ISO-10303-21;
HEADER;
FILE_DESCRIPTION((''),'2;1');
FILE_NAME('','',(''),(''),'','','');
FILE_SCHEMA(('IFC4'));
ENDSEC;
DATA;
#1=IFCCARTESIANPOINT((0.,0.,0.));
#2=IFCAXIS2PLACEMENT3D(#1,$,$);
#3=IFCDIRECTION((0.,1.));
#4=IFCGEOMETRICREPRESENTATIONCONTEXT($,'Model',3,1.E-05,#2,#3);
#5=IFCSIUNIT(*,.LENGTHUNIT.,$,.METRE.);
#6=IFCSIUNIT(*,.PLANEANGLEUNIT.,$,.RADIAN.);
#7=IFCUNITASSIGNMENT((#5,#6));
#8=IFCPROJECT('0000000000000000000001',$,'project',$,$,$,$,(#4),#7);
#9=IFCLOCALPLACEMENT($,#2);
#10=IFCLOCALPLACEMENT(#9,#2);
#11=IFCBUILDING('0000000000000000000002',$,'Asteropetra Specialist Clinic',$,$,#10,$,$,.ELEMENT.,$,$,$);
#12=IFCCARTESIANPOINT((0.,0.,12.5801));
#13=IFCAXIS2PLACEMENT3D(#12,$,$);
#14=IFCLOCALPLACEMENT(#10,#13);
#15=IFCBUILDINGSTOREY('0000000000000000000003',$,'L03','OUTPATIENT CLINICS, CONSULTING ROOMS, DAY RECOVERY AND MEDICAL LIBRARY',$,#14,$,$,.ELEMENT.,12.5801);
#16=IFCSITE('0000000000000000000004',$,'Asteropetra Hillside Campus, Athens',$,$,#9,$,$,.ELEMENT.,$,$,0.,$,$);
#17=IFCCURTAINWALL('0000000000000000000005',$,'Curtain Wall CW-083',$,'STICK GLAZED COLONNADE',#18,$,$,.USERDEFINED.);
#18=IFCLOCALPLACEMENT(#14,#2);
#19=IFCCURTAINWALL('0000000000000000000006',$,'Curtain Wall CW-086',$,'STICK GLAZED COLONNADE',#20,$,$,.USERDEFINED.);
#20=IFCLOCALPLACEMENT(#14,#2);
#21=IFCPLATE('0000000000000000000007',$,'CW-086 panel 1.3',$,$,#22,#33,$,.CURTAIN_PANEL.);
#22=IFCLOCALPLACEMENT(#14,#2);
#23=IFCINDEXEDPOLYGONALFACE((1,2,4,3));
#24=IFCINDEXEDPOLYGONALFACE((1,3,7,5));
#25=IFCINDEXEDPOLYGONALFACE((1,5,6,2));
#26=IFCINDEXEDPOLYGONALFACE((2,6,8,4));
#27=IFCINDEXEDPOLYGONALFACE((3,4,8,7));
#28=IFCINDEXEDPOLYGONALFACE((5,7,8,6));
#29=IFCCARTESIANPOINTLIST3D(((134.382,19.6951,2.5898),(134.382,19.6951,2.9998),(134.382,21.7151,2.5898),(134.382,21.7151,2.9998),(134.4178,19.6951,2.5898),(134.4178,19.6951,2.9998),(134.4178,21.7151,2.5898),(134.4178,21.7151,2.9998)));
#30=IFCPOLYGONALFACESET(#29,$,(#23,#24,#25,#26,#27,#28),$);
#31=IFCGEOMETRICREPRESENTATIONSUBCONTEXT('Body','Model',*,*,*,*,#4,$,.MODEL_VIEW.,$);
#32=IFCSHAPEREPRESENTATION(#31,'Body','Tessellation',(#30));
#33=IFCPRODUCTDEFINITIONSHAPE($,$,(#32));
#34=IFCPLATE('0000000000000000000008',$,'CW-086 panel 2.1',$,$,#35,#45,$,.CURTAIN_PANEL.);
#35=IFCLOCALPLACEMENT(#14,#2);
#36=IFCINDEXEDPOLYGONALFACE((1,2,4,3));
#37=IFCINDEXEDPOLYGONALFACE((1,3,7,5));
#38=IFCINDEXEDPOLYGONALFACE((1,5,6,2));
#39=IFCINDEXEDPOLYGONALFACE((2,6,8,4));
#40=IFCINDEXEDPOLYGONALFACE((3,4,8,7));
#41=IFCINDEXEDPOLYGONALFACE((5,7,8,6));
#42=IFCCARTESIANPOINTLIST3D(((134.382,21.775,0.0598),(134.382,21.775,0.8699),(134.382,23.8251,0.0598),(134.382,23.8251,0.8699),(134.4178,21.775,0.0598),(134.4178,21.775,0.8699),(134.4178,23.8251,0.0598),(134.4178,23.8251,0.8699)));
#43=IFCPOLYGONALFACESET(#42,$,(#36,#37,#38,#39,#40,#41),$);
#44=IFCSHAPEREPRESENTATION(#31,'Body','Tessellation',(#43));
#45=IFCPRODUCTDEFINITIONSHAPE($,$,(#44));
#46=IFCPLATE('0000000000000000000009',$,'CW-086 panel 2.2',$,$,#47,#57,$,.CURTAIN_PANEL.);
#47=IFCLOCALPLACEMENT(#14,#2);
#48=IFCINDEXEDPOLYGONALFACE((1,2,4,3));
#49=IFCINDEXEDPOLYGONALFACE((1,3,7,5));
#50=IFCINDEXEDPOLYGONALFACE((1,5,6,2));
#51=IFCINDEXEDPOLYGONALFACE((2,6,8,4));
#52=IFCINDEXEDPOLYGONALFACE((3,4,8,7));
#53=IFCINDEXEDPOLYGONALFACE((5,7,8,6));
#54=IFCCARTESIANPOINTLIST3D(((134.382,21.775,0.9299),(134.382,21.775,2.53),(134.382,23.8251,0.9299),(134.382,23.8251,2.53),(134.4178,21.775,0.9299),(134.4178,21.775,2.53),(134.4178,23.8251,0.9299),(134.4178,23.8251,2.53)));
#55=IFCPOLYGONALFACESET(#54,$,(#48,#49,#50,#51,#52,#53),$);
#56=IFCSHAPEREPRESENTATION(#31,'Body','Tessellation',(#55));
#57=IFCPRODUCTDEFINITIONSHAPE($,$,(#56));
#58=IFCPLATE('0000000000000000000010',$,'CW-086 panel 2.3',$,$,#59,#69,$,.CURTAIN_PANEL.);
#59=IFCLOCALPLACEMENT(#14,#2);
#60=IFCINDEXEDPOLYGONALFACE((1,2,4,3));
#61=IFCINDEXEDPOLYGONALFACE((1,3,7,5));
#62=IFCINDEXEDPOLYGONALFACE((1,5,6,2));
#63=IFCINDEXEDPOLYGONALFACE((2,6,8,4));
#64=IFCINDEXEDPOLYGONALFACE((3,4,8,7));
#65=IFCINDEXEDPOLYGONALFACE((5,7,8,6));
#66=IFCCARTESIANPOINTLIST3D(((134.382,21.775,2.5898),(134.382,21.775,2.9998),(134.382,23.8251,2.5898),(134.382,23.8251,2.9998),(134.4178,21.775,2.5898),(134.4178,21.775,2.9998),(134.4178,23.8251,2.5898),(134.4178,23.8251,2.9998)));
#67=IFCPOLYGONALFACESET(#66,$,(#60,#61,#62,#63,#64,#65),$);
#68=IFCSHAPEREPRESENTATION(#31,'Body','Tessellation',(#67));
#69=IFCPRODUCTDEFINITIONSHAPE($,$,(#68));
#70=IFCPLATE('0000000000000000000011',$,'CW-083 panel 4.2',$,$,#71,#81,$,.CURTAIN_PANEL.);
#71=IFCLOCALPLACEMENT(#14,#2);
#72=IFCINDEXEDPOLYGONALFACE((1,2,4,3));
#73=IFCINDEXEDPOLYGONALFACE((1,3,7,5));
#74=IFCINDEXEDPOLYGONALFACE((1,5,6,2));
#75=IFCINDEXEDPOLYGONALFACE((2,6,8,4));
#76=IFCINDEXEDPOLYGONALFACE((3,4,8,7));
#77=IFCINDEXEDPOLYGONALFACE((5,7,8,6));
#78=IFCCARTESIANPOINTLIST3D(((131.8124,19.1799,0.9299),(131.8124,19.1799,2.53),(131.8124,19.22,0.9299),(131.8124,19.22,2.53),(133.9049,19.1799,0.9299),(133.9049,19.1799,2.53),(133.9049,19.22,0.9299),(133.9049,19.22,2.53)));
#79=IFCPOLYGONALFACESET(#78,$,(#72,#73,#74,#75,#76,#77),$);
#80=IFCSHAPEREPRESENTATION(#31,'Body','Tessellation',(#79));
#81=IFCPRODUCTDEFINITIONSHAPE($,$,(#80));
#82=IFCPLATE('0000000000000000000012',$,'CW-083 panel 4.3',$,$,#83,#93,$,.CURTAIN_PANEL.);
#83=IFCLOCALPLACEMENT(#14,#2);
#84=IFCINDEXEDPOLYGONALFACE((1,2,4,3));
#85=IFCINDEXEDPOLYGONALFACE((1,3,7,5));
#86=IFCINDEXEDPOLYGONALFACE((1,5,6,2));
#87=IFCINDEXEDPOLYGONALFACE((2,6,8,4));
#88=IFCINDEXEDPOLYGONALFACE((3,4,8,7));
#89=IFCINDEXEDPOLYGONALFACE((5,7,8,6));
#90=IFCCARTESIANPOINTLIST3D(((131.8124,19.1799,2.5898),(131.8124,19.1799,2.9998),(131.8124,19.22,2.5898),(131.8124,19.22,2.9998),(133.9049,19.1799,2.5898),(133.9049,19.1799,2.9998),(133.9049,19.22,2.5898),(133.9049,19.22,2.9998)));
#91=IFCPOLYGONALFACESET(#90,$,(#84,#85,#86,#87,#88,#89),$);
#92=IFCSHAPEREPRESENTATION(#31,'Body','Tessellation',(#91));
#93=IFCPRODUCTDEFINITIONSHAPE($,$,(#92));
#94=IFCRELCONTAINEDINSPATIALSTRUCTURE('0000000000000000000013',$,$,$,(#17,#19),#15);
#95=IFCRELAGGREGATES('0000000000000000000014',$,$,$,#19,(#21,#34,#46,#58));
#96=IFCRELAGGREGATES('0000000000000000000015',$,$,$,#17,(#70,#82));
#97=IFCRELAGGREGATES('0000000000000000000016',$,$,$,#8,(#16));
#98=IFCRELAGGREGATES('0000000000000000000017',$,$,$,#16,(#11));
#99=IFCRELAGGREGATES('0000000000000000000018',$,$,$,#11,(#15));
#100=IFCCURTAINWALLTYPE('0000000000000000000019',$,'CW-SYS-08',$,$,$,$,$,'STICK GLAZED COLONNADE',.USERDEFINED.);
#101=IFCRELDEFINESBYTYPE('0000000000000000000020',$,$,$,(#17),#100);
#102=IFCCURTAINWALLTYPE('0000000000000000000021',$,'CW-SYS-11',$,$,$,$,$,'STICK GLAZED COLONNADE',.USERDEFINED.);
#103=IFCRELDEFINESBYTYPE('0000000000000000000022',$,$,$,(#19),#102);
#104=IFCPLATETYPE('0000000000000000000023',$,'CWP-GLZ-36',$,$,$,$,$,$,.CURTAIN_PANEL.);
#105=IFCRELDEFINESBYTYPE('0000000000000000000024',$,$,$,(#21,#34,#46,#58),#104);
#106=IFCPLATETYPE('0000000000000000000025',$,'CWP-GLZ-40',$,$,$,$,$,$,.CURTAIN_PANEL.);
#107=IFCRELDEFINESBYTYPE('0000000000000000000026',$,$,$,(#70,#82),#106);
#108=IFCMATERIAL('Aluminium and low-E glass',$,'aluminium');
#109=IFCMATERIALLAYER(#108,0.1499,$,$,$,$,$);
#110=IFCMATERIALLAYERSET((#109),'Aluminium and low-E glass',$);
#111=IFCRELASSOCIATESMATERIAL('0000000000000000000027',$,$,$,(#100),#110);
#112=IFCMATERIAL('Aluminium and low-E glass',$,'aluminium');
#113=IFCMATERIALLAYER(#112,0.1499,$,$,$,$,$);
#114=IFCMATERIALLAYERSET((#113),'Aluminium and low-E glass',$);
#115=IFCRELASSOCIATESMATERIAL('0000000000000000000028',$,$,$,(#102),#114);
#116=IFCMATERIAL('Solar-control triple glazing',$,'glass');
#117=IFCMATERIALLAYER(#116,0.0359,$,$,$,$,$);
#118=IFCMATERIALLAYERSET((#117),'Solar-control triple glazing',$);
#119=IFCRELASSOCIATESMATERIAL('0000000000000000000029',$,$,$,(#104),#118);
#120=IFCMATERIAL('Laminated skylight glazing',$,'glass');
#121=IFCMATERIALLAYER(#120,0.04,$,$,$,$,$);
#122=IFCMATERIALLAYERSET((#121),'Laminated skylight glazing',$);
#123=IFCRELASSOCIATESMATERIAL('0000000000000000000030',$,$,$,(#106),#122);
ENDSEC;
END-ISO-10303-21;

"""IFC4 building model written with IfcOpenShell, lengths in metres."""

from ifc_helpers import new_model, si_unit, direction, frame, origin, origin_2d, place, context, subcontext, project, spatial, rectangle, extrude, material, layer, layer_set, type_object, element, aggregate, save


model = new_model("IFC4")

# Units and contexts
model_context = context("Model", 3, precision=1e-05, world=origin(), true_north=direction((0.0, 1.0)))
body_context = subcontext(model_context, "Body", "Model", "MODEL_VIEW")
ifc_project = project(units=[si_unit("LENGTHUNIT", "METRE"), si_unit("PLANEANGLEUNIT", "RADIAN")], contexts=[model_context])

# Site, building, storey
site_placement = place(None, origin())
site = spatial("IfcSite", under=ifc_project, at=site_placement, Name="Asteropetra Hillside Campus, Athens", CompositionType="ELEMENT", RefElevation=0.0)
building_placement = place(site_placement, origin())
building = spatial("IfcBuilding", under=site, at=building_placement, Name="Asteropetra Specialist Clinic", CompositionType="ELEMENT")
storey_placement = place(building_placement, frame((0.0, 0.0, 12.5801)))
storey = spatial("IfcBuildingStorey", under=building, at=storey_placement, Name="L03", Description="OUTPATIENT CLINICS, CONSULTING ROOMS, DAY RECOVERY AND MEDICAL LIBRARY", CompositionType="ELEMENT", Elevation=12.5801)

# Curtain wall
ifc_material_1 = material(Name="Aluminium and low-E glass", Category="aluminium")
ifc_layer_1 = layer(ifc_material_1, 0.1499)
ifc_layer_set_1 = layer_set([ifc_layer_1], Name="Aluminium and low-E glass")
curtain_wall_type_1 = type_object("IfcCurtainWallType", Name="CW-SYS-08", ElementType="STICK GLAZED COLONNADE", PredefinedType="USERDEFINED", material=ifc_layer_set_1)
curtain_wall_1_placement = place(storey_placement, origin())
curtain_wall_1 = element("IfcCurtainWall", 1, at=curtain_wall_1_placement, inside=storey, type_object=curtain_wall_type_1, Name="Curtain Wall CW-083", ObjectType="STICK GLAZED COLONNADE", PredefinedType="USERDEFINED")

# Curtain wall
ifc_material_2 = material(Name="Aluminium and low-E glass", Category="aluminium")
ifc_layer_2 = layer(ifc_material_2, 0.1499)
ifc_layer_set_2 = layer_set([ifc_layer_2], Name="Aluminium and low-E glass")
curtain_wall_type_2 = type_object("IfcCurtainWallType", Name="CW-SYS-11", ElementType="STICK GLAZED COLONNADE", PredefinedType="USERDEFINED", material=ifc_layer_set_2)
curtain_wall_2_placement = place(storey_placement, origin())
curtain_wall_2 = element("IfcCurtainWall", 2, at=curtain_wall_2_placement, inside=storey, type_object=curtain_wall_type_2, Name="Curtain Wall CW-086", ObjectType="STICK GLAZED COLONNADE", PredefinedType="USERDEFINED")

# Plates
ifc_material_3 = material(Name="Solar-control triple glazing", Category="glass")
ifc_layer_3 = layer(ifc_material_3, 0.0359)
ifc_layer_set_3 = layer_set([ifc_layer_3], Name="Solar-control triple glazing")
plate_type_1 = type_object("IfcPlateType", Name="CWP-GLZ-36", PredefinedType="CURTAIN_PANEL", material=ifc_layer_set_3)
plate_1_placement = place(storey_placement, frame((134.3999, 20.7051, 2.5898), z_axis=(0.0, 0.0, 1.0), x_axis=(0.0, 1.0, 0.0)))
plate_1 = element("IfcPlate", 3, at=plate_1_placement, type_object=plate_type_1, Name="CW-086 panel 1.3", PredefinedType="CURTAIN_PANEL", context=body_context, shape_type="SweptSolid", body=[
    extrude(rectangle(XDim=2.02, YDim=0.0359, at=origin_2d()), origin(), (0.0, 0.0, 1.0), 0.4099),
])
plate_2_placement = place(storey_placement, frame((134.3999, 22.8, 0.0598), z_axis=(0.0, 0.0, 1.0), x_axis=(0.0, 1.0, 0.0)))
plate_2 = element("IfcPlate", 4, at=plate_2_placement, type_object=plate_type_1, Name="CW-086 panel 2.1", PredefinedType="CURTAIN_PANEL", context=body_context, shape_type="SweptSolid", body=[
    extrude(rectangle(XDim=2.05, YDim=0.0359, at=origin_2d()), origin(), (0.0, 0.0, 1.0), 0.8101),
])
plate_3_placement = place(storey_placement, frame((134.3999, 22.8, 0.9299), z_axis=(0.0, 0.0, 1.0), x_axis=(0.0, 1.0, 0.0)))
plate_3 = element("IfcPlate", 5, at=plate_3_placement, type_object=plate_type_1, Name="CW-086 panel 2.2", PredefinedType="CURTAIN_PANEL", context=body_context, shape_type="SweptSolid", body=[
    extrude(rectangle(XDim=2.05, YDim=0.0359, at=origin_2d()), origin(), (0.0, 0.0, 1.0), 1.6001),
])
plate_4_placement = place(storey_placement, frame((134.3999, 22.8, 2.5898), z_axis=(0.0, 0.0, 1.0), x_axis=(0.0, 1.0, 0.0)))
plate_4 = element("IfcPlate", 6, at=plate_4_placement, type_object=plate_type_1, Name="CW-086 panel 2.3", PredefinedType="CURTAIN_PANEL", context=body_context, shape_type="SweptSolid", body=[
    extrude(rectangle(XDim=2.05, YDim=0.0359, at=origin_2d()), origin(), (0.0, 0.0, 1.0), 0.4099),
])
aggregate(curtain_wall_2, [plate_1, plate_2, plate_3, plate_4])
ifc_material_4 = material(Name="Laminated skylight glazing", Category="glass")
ifc_layer_4 = layer(ifc_material_4, 0.04)
ifc_layer_set_4 = layer_set([ifc_layer_4], Name="Laminated skylight glazing")
plate_type_2 = type_object("IfcPlateType", Name="CWP-GLZ-40", PredefinedType="CURTAIN_PANEL", material=ifc_layer_set_4)
plate_5_placement = place(storey_placement, frame((132.8586, 19.2, 0.9299), z_axis=(0.0, 0.0, 1.0), x_axis=(1.0, 0.0, 0.0)))
plate_5 = element("IfcPlate", 7, at=plate_5_placement, type_object=plate_type_2, Name="CW-083 panel 4.2", PredefinedType="CURTAIN_PANEL", context=body_context, shape_type="SweptSolid", body=[
    extrude(rectangle(XDim=2.0925, YDim=0.04, at=origin_2d()), origin(), (0.0, 0.0, 1.0), 1.6001),
])
plate_6_placement = place(storey_placement, frame((132.8586, 19.2, 2.5898), z_axis=(0.0, 0.0, 1.0), x_axis=(1.0, 0.0, 0.0)))
plate_6 = element("IfcPlate", 8, at=plate_6_placement, type_object=plate_type_2, Name="CW-083 panel 4.3", PredefinedType="CURTAIN_PANEL", context=body_context, shape_type="SweptSolid", body=[
    extrude(rectangle(XDim=2.0925, YDim=0.04, at=origin_2d()), origin(), (0.0, 0.0, 1.0), 0.4099),
])
aggregate(curtain_wall_1, [plate_5, plate_6])

save(model, "model.ifc")
